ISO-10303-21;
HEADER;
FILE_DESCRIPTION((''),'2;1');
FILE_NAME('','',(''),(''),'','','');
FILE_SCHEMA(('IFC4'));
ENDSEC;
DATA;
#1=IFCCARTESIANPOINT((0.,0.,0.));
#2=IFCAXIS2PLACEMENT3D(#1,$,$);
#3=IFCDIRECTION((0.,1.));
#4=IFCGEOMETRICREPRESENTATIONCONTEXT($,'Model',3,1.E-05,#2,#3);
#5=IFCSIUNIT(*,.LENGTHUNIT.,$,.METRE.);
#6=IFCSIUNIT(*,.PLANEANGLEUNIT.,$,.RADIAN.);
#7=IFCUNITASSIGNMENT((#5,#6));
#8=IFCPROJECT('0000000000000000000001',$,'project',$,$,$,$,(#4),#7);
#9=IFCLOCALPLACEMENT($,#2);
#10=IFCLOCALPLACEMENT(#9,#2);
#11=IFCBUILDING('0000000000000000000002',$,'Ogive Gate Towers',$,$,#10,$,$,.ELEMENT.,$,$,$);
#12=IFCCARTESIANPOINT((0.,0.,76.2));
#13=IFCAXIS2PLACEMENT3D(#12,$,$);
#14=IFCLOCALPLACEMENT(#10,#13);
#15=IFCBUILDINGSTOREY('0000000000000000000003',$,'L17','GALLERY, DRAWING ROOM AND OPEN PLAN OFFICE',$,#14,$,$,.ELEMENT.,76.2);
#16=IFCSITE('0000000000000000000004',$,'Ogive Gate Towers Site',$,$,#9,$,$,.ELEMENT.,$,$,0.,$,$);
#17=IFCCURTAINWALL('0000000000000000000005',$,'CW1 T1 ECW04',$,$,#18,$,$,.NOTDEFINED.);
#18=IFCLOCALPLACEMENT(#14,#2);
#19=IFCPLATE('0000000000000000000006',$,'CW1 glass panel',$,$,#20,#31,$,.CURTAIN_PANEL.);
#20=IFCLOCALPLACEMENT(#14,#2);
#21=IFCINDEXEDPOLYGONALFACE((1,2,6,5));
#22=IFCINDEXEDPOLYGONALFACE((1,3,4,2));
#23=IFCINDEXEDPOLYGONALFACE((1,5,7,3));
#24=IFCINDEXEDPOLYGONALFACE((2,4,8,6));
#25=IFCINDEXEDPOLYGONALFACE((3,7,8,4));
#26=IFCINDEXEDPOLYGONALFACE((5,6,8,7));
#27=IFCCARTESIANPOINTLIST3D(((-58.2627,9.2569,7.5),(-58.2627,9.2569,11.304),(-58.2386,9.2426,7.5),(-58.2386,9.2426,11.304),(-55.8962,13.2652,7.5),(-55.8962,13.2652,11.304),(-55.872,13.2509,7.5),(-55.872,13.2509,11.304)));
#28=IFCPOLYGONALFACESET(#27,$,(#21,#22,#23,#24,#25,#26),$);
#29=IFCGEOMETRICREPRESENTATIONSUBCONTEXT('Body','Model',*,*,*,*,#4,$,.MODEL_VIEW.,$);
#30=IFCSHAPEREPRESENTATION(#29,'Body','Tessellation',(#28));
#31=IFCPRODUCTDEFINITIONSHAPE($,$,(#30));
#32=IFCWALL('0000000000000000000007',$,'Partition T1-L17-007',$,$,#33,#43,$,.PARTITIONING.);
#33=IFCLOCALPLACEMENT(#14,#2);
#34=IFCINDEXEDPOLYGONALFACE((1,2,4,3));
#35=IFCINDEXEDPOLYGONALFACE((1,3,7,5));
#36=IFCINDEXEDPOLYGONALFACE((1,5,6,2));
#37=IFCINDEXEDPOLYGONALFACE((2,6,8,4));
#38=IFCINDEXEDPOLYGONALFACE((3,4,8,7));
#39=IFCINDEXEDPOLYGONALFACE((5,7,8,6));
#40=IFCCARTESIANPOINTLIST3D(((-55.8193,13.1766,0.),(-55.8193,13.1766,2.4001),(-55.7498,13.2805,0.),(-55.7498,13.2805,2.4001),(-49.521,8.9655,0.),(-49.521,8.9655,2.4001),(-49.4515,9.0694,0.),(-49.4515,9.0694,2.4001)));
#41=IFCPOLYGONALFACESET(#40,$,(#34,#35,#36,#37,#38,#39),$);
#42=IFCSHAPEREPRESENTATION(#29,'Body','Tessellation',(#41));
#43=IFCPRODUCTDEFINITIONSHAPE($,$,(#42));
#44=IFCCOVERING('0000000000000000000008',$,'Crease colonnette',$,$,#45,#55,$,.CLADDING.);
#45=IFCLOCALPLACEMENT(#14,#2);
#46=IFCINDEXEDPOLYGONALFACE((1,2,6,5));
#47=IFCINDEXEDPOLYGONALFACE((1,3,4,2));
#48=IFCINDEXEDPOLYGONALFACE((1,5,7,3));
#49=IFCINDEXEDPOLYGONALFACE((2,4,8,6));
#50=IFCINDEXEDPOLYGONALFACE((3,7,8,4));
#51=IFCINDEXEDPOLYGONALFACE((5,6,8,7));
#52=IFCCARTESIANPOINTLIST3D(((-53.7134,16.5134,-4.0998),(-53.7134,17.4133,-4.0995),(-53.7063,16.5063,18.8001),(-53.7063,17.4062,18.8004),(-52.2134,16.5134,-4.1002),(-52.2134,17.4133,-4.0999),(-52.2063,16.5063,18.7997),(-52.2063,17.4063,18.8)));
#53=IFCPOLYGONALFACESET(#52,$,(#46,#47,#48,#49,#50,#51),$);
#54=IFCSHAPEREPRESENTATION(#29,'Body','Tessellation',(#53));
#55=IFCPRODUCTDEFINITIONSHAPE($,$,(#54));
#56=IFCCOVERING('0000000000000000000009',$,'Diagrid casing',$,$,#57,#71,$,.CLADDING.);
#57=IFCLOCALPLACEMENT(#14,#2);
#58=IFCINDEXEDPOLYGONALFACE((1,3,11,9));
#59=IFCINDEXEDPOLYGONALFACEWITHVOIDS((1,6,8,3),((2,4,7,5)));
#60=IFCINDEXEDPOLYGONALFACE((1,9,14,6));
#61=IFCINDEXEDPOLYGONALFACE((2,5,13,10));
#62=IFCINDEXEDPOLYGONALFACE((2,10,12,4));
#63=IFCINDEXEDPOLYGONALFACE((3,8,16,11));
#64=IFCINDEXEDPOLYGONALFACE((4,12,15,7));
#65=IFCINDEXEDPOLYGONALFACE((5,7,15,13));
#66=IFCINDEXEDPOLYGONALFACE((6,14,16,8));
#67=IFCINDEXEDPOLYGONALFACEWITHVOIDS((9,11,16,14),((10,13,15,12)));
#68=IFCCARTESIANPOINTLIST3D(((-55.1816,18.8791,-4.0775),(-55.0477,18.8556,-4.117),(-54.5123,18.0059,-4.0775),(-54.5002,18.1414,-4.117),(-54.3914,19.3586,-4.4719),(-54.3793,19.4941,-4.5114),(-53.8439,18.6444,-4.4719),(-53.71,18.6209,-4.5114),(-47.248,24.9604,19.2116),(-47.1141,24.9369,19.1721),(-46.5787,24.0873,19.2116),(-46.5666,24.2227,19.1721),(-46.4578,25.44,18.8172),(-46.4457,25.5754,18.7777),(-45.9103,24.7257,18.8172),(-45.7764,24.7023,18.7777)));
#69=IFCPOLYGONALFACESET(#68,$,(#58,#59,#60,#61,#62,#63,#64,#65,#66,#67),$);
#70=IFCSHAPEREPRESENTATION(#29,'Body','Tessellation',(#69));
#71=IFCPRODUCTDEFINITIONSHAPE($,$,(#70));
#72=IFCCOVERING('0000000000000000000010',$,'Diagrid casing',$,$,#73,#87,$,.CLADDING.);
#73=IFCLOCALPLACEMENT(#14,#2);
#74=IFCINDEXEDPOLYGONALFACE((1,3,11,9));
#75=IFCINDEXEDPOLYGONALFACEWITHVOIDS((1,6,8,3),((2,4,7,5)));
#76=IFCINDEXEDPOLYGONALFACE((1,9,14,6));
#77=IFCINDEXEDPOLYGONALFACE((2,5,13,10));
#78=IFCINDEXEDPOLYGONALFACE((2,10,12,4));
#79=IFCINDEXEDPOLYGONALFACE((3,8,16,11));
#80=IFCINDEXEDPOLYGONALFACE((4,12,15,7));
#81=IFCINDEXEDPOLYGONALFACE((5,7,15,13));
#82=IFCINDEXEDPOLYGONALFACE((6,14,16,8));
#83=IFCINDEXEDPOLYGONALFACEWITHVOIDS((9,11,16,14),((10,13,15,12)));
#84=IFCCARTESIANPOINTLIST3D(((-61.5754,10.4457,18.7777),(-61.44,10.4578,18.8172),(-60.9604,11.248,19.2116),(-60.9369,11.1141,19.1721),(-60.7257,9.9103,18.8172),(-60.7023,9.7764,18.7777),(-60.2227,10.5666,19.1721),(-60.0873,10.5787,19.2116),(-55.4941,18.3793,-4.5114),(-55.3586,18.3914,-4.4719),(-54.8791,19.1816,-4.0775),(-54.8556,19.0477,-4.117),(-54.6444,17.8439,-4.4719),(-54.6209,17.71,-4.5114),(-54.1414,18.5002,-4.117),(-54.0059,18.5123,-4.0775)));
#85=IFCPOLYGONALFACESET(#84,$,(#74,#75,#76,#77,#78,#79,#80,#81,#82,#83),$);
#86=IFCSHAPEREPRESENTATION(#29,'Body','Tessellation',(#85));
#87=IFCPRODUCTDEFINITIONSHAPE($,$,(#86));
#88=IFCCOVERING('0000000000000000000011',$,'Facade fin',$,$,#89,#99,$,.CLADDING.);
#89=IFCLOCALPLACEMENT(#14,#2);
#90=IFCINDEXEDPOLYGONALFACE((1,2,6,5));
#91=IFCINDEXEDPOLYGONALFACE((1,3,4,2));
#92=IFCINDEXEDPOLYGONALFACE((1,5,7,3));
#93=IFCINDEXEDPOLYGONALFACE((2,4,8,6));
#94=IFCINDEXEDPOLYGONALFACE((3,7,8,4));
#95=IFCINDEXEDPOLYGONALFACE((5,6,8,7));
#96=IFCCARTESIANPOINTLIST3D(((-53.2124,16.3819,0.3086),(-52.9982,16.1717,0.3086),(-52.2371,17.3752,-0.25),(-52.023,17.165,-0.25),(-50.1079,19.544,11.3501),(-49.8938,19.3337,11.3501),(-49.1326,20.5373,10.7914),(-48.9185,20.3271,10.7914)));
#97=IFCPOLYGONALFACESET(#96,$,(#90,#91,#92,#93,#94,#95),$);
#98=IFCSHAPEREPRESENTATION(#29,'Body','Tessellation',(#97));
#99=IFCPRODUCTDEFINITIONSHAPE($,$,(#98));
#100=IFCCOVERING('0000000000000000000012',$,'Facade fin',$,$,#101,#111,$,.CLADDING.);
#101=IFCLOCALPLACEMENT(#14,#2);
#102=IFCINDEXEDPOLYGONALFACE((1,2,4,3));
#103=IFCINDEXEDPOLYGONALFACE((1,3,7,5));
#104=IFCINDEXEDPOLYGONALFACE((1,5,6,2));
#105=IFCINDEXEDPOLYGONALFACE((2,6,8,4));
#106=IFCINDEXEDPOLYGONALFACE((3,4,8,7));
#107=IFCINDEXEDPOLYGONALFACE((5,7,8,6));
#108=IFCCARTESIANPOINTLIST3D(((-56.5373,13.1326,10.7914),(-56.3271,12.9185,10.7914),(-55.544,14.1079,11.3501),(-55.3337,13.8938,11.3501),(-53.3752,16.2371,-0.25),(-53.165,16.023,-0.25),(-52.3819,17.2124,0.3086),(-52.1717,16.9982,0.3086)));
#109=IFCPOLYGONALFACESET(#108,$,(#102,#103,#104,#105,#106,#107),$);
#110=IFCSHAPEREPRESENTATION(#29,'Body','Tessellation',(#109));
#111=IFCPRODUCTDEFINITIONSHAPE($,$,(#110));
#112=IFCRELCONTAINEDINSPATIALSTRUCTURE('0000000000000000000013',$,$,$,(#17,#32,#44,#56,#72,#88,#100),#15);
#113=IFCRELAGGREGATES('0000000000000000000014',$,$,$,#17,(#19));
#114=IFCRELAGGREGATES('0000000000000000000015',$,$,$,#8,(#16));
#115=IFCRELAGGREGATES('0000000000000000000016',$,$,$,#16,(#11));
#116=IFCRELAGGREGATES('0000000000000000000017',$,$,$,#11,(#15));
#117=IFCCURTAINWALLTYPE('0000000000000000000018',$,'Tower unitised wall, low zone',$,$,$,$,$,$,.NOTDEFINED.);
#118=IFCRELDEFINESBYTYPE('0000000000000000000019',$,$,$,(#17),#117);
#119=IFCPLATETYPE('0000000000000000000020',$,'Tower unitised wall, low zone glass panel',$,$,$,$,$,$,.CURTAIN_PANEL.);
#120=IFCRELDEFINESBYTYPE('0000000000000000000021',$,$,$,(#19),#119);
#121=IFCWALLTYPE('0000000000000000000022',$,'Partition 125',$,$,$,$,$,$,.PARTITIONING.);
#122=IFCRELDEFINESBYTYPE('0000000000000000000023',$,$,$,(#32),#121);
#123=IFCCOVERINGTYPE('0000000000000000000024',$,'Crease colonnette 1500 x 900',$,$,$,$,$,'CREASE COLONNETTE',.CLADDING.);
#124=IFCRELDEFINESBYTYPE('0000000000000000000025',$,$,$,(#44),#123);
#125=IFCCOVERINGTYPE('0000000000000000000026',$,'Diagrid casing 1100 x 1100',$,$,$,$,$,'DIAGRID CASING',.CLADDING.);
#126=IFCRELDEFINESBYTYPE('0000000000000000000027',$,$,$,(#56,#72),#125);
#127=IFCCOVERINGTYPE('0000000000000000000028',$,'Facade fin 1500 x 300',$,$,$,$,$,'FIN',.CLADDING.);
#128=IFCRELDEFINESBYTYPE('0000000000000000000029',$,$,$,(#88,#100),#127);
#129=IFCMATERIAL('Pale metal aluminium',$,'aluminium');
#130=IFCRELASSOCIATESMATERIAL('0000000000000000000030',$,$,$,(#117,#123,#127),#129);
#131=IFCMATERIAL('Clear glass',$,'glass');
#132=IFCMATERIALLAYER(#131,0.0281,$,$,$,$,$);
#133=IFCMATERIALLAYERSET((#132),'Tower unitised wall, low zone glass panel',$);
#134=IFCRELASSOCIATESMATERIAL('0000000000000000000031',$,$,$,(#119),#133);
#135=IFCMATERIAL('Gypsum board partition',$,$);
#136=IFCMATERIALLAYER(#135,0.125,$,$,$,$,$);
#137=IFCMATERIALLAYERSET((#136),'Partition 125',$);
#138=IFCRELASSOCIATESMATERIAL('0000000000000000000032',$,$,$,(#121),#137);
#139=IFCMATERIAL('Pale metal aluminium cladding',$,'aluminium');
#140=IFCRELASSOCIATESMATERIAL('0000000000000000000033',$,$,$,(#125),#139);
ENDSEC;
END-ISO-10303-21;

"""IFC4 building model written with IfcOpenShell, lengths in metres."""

from ifc_helpers import new_model, si_unit, direction, frame, frame_2d, origin, origin_2d, place, context, subcontext, project, spatial, rectangle, hollow_rectangle, extrude, material, layer, layer_set, material_profile, profile_set, type_object, element, aggregate, save


model = new_model("IFC4")

# Units and contexts
model_context = context("Model", 3, precision=1e-05, world=origin(), true_north=direction((0.0, 1.0)))
body_context = subcontext(model_context, "Body", "Model", "MODEL_VIEW")
ifc_project = project(units=[si_unit("LENGTHUNIT", "METRE"), si_unit("PLANEANGLEUNIT", "RADIAN")], contexts=[model_context])

# Site, building, storey
site_placement = place(None, origin())
site = spatial("IfcSite", under=ifc_project, at=site_placement, Name="Ogive Gate Towers Site", CompositionType="ELEMENT", RefElevation=0.0)
building_placement = place(site_placement, origin())
building = spatial("IfcBuilding", under=site, at=building_placement, Name="Ogive Gate Towers", CompositionType="ELEMENT")
storey_placement = place(building_placement, frame((0.0, 0.0, 76.2)))
storey = spatial("IfcBuildingStorey", under=building, at=storey_placement, Name="L17", Description="GALLERY, DRAWING ROOM AND OPEN PLAN OFFICE", CompositionType="ELEMENT", Elevation=76.2)

# Shared definitions
ifc_material_1 = material(Name="Pale metal aluminium", Category="aluminium")
curtain_wall_type = type_object("IfcCurtainWallType", Name="Tower unitised wall, low zone", PredefinedType="NOTDEFINED", material=ifc_material_1)

# Curtain wall
curtain_wall_1_placement = place(storey_placement, origin())
curtain_wall_1 = element("IfcCurtainWall", 1, at=curtain_wall_1_placement, inside=storey, type_object=curtain_wall_type, Name="CW1 T1 ECW04", PredefinedType="NOTDEFINED")

# Plate
ifc_material_2 = material(Name="Clear glass", Category="glass")
ifc_layer_1 = layer(ifc_material_2, 0.0281)
ifc_layer_set_1 = layer_set([ifc_layer_1], Name="Tower unitised wall, low zone glass panel")
plate_type = type_object("IfcPlateType", Name="Tower unitised wall, low zone glass panel", PredefinedType="CURTAIN_PANEL", material=ifc_layer_set_1)
plate_1_placement = place(storey_placement, frame((-57.0674, 11.2539, 7.5), z_axis=(0.0, 0.0, 1.0), x_axis=(-0.50841, -0.861115, 0.0)))
plate_1 = element("IfcPlate", 2, at=plate_1_placement, type_object=plate_type, Name="CW1 glass panel", PredefinedType="CURTAIN_PANEL", context=body_context, shape_type="SweptSolid", body=[
    extrude(rectangle(XDim=4.6548, YDim=0.0281, at=origin_2d()), origin(), (0.0, 0.0, 1.0), 3.804),
])
aggregate(curtain_wall_1, [plate_1])

# Wall
ifc_material_3 = material(Name="Gypsum board partition")
ifc_layer_2 = layer(ifc_material_3, 0.125)
ifc_layer_set_2 = layer_set([ifc_layer_2], Name="Partition 125")
wall_type = type_object("IfcWallType", Name="Partition 125", PredefinedType="PARTITIONING", material=ifc_layer_set_2)
wall_placement = place(storey_placement, frame((-55.7844, 13.2285, 0.0), z_axis=(0.0, 0.0, 1.0), x_axis=(0.831301, -0.555823, 0.0)))
element("IfcWall", 3, at=wall_placement, inside=storey, type_object=wall_type, Name="Partition T1-L17-007", PredefinedType="PARTITIONING", context=body_context, shape_type="SweptSolid", body=[
    extrude(rectangle(XDim=7.5764, YDim=0.125, at=frame_2d((3.7881, 0.0))), origin(), (0.0, 0.0, 1.0), 2.4001),
])

# Coverings
ifc_material_profile_1 = material_profile(ifc_material_1, rectangle(XDim=1.5, YDim=0.8999, at=origin_2d()), Name="1500 x 900 pale metal aluminium")
ifc_profile_set_1 = profile_set([ifc_material_profile_1], Name="Pale metal aluminium")
covering_type_1 = type_object("IfcCoveringType", Name="Crease colonnette 1500 x 900", ElementType="CREASE COLONNETTE", PredefinedType="CLADDING", material=ifc_profile_set_1)
covering_placement = place(storey_placement, frame((-52.9634, 16.9634, -4.0999), z_axis=(0.000309, -0.000309, 1.0), x_axis=(1.0, 0.0, 0.0)))
element("IfcCovering", 4, at=covering_placement, inside=storey, type_object=covering_type_1, Name="Crease colonnette", PredefinedType="CLADDING", context=body_context, shape_type="SweptSolid", body=[
    extrude(rectangle(XDim=1.5, YDim=0.8999, at=origin_2d()), origin(), (0.0, 0.0, 1.0), 22.8999),
])
ifc_material_4 = material(Name="Pale metal aluminium cladding", Category="aluminium")
ifc_material_profile_2 = material_profile(ifc_material_4, hollow_rectangle(XDim=1.1001, YDim=1.1001, WallThickness=0.1001, at=origin_2d()), Name="1100 x 1100 pale metal casing")
ifc_profile_set_2 = profile_set([ifc_material_profile_2], Name="Pale metal aluminium cladding")
covering_type_2 = type_object("IfcCoveringType", Name="Diagrid casing 1100 x 1100", ElementType="DIAGRID CASING", PredefinedType="CLADDING", material=ifc_profile_set_2)
for number, where, z_axis, x_axis, name in (
    (5, (-54.4458, 18.75, -4.2944), (0.31304, 0.239953, 0.918928), (-0.608361, 0.793661, 0.0), "Diagrid casing"),
    (6, (-54.75, 18.4458, -4.2944), (-0.239953, -0.31304, 0.918928), (0.793661, -0.608361, 0.0), "Diagrid casing"),
):
    element("IfcCovering", number, at=place(storey_placement, frame(where, z_axis=z_axis, x_axis=x_axis)), inside=storey, type_object=covering_type_2, Name=name, PredefinedType="CLADDING", context=body_context, shape_type="SweptSolid", body=[
        extrude(hollow_rectangle(XDim=1.1001, YDim=1.1001, WallThickness=0.1001, at=origin_2d()), origin(), (0.0, 0.0, 1.0), 25.3438),
    ])
ifc_material_profile_3 = material_profile(ifc_material_1, rectangle(XDim=0.3, YDim=1.5, at=origin_2d()), Name="1500 x 300 pale metal aluminium")
ifc_profile_set_3 = profile_set([ifc_material_profile_3], Name="Pale metal aluminium")
covering_type_3 = type_object("IfcCoveringType", Name="Facade fin 1500 x 300", ElementType="FIN", PredefinedType="CLADDING", material=ifc_profile_set_3)
for number, where, z_axis, x_axis, name in (
    (7, (-52.6177, 16.7734, 0.0293), (0.260935, 0.265778, 0.928049), (-0.713578, 0.700576, 0.0), "Facade fin"),
    (8, (-52.7734, 16.6177, 0.0293), (-0.265778, -0.260935, 0.928049), (0.700576, -0.713578, 0.0), "Facade fin"),
):
    element("IfcCovering", number, at=place(storey_placement, frame(where, z_axis=z_axis, x_axis=x_axis)), inside=storey, type_object=covering_type_3, Name=name, PredefinedType="CLADDING", context=body_context, shape_type="SweptSolid", body=[
        extrude(rectangle(XDim=0.3, YDim=1.5, at=origin_2d()), origin(), (0.0, 0.0, 1.0), 11.8975),
    ])

save(model, "model.ifc")
